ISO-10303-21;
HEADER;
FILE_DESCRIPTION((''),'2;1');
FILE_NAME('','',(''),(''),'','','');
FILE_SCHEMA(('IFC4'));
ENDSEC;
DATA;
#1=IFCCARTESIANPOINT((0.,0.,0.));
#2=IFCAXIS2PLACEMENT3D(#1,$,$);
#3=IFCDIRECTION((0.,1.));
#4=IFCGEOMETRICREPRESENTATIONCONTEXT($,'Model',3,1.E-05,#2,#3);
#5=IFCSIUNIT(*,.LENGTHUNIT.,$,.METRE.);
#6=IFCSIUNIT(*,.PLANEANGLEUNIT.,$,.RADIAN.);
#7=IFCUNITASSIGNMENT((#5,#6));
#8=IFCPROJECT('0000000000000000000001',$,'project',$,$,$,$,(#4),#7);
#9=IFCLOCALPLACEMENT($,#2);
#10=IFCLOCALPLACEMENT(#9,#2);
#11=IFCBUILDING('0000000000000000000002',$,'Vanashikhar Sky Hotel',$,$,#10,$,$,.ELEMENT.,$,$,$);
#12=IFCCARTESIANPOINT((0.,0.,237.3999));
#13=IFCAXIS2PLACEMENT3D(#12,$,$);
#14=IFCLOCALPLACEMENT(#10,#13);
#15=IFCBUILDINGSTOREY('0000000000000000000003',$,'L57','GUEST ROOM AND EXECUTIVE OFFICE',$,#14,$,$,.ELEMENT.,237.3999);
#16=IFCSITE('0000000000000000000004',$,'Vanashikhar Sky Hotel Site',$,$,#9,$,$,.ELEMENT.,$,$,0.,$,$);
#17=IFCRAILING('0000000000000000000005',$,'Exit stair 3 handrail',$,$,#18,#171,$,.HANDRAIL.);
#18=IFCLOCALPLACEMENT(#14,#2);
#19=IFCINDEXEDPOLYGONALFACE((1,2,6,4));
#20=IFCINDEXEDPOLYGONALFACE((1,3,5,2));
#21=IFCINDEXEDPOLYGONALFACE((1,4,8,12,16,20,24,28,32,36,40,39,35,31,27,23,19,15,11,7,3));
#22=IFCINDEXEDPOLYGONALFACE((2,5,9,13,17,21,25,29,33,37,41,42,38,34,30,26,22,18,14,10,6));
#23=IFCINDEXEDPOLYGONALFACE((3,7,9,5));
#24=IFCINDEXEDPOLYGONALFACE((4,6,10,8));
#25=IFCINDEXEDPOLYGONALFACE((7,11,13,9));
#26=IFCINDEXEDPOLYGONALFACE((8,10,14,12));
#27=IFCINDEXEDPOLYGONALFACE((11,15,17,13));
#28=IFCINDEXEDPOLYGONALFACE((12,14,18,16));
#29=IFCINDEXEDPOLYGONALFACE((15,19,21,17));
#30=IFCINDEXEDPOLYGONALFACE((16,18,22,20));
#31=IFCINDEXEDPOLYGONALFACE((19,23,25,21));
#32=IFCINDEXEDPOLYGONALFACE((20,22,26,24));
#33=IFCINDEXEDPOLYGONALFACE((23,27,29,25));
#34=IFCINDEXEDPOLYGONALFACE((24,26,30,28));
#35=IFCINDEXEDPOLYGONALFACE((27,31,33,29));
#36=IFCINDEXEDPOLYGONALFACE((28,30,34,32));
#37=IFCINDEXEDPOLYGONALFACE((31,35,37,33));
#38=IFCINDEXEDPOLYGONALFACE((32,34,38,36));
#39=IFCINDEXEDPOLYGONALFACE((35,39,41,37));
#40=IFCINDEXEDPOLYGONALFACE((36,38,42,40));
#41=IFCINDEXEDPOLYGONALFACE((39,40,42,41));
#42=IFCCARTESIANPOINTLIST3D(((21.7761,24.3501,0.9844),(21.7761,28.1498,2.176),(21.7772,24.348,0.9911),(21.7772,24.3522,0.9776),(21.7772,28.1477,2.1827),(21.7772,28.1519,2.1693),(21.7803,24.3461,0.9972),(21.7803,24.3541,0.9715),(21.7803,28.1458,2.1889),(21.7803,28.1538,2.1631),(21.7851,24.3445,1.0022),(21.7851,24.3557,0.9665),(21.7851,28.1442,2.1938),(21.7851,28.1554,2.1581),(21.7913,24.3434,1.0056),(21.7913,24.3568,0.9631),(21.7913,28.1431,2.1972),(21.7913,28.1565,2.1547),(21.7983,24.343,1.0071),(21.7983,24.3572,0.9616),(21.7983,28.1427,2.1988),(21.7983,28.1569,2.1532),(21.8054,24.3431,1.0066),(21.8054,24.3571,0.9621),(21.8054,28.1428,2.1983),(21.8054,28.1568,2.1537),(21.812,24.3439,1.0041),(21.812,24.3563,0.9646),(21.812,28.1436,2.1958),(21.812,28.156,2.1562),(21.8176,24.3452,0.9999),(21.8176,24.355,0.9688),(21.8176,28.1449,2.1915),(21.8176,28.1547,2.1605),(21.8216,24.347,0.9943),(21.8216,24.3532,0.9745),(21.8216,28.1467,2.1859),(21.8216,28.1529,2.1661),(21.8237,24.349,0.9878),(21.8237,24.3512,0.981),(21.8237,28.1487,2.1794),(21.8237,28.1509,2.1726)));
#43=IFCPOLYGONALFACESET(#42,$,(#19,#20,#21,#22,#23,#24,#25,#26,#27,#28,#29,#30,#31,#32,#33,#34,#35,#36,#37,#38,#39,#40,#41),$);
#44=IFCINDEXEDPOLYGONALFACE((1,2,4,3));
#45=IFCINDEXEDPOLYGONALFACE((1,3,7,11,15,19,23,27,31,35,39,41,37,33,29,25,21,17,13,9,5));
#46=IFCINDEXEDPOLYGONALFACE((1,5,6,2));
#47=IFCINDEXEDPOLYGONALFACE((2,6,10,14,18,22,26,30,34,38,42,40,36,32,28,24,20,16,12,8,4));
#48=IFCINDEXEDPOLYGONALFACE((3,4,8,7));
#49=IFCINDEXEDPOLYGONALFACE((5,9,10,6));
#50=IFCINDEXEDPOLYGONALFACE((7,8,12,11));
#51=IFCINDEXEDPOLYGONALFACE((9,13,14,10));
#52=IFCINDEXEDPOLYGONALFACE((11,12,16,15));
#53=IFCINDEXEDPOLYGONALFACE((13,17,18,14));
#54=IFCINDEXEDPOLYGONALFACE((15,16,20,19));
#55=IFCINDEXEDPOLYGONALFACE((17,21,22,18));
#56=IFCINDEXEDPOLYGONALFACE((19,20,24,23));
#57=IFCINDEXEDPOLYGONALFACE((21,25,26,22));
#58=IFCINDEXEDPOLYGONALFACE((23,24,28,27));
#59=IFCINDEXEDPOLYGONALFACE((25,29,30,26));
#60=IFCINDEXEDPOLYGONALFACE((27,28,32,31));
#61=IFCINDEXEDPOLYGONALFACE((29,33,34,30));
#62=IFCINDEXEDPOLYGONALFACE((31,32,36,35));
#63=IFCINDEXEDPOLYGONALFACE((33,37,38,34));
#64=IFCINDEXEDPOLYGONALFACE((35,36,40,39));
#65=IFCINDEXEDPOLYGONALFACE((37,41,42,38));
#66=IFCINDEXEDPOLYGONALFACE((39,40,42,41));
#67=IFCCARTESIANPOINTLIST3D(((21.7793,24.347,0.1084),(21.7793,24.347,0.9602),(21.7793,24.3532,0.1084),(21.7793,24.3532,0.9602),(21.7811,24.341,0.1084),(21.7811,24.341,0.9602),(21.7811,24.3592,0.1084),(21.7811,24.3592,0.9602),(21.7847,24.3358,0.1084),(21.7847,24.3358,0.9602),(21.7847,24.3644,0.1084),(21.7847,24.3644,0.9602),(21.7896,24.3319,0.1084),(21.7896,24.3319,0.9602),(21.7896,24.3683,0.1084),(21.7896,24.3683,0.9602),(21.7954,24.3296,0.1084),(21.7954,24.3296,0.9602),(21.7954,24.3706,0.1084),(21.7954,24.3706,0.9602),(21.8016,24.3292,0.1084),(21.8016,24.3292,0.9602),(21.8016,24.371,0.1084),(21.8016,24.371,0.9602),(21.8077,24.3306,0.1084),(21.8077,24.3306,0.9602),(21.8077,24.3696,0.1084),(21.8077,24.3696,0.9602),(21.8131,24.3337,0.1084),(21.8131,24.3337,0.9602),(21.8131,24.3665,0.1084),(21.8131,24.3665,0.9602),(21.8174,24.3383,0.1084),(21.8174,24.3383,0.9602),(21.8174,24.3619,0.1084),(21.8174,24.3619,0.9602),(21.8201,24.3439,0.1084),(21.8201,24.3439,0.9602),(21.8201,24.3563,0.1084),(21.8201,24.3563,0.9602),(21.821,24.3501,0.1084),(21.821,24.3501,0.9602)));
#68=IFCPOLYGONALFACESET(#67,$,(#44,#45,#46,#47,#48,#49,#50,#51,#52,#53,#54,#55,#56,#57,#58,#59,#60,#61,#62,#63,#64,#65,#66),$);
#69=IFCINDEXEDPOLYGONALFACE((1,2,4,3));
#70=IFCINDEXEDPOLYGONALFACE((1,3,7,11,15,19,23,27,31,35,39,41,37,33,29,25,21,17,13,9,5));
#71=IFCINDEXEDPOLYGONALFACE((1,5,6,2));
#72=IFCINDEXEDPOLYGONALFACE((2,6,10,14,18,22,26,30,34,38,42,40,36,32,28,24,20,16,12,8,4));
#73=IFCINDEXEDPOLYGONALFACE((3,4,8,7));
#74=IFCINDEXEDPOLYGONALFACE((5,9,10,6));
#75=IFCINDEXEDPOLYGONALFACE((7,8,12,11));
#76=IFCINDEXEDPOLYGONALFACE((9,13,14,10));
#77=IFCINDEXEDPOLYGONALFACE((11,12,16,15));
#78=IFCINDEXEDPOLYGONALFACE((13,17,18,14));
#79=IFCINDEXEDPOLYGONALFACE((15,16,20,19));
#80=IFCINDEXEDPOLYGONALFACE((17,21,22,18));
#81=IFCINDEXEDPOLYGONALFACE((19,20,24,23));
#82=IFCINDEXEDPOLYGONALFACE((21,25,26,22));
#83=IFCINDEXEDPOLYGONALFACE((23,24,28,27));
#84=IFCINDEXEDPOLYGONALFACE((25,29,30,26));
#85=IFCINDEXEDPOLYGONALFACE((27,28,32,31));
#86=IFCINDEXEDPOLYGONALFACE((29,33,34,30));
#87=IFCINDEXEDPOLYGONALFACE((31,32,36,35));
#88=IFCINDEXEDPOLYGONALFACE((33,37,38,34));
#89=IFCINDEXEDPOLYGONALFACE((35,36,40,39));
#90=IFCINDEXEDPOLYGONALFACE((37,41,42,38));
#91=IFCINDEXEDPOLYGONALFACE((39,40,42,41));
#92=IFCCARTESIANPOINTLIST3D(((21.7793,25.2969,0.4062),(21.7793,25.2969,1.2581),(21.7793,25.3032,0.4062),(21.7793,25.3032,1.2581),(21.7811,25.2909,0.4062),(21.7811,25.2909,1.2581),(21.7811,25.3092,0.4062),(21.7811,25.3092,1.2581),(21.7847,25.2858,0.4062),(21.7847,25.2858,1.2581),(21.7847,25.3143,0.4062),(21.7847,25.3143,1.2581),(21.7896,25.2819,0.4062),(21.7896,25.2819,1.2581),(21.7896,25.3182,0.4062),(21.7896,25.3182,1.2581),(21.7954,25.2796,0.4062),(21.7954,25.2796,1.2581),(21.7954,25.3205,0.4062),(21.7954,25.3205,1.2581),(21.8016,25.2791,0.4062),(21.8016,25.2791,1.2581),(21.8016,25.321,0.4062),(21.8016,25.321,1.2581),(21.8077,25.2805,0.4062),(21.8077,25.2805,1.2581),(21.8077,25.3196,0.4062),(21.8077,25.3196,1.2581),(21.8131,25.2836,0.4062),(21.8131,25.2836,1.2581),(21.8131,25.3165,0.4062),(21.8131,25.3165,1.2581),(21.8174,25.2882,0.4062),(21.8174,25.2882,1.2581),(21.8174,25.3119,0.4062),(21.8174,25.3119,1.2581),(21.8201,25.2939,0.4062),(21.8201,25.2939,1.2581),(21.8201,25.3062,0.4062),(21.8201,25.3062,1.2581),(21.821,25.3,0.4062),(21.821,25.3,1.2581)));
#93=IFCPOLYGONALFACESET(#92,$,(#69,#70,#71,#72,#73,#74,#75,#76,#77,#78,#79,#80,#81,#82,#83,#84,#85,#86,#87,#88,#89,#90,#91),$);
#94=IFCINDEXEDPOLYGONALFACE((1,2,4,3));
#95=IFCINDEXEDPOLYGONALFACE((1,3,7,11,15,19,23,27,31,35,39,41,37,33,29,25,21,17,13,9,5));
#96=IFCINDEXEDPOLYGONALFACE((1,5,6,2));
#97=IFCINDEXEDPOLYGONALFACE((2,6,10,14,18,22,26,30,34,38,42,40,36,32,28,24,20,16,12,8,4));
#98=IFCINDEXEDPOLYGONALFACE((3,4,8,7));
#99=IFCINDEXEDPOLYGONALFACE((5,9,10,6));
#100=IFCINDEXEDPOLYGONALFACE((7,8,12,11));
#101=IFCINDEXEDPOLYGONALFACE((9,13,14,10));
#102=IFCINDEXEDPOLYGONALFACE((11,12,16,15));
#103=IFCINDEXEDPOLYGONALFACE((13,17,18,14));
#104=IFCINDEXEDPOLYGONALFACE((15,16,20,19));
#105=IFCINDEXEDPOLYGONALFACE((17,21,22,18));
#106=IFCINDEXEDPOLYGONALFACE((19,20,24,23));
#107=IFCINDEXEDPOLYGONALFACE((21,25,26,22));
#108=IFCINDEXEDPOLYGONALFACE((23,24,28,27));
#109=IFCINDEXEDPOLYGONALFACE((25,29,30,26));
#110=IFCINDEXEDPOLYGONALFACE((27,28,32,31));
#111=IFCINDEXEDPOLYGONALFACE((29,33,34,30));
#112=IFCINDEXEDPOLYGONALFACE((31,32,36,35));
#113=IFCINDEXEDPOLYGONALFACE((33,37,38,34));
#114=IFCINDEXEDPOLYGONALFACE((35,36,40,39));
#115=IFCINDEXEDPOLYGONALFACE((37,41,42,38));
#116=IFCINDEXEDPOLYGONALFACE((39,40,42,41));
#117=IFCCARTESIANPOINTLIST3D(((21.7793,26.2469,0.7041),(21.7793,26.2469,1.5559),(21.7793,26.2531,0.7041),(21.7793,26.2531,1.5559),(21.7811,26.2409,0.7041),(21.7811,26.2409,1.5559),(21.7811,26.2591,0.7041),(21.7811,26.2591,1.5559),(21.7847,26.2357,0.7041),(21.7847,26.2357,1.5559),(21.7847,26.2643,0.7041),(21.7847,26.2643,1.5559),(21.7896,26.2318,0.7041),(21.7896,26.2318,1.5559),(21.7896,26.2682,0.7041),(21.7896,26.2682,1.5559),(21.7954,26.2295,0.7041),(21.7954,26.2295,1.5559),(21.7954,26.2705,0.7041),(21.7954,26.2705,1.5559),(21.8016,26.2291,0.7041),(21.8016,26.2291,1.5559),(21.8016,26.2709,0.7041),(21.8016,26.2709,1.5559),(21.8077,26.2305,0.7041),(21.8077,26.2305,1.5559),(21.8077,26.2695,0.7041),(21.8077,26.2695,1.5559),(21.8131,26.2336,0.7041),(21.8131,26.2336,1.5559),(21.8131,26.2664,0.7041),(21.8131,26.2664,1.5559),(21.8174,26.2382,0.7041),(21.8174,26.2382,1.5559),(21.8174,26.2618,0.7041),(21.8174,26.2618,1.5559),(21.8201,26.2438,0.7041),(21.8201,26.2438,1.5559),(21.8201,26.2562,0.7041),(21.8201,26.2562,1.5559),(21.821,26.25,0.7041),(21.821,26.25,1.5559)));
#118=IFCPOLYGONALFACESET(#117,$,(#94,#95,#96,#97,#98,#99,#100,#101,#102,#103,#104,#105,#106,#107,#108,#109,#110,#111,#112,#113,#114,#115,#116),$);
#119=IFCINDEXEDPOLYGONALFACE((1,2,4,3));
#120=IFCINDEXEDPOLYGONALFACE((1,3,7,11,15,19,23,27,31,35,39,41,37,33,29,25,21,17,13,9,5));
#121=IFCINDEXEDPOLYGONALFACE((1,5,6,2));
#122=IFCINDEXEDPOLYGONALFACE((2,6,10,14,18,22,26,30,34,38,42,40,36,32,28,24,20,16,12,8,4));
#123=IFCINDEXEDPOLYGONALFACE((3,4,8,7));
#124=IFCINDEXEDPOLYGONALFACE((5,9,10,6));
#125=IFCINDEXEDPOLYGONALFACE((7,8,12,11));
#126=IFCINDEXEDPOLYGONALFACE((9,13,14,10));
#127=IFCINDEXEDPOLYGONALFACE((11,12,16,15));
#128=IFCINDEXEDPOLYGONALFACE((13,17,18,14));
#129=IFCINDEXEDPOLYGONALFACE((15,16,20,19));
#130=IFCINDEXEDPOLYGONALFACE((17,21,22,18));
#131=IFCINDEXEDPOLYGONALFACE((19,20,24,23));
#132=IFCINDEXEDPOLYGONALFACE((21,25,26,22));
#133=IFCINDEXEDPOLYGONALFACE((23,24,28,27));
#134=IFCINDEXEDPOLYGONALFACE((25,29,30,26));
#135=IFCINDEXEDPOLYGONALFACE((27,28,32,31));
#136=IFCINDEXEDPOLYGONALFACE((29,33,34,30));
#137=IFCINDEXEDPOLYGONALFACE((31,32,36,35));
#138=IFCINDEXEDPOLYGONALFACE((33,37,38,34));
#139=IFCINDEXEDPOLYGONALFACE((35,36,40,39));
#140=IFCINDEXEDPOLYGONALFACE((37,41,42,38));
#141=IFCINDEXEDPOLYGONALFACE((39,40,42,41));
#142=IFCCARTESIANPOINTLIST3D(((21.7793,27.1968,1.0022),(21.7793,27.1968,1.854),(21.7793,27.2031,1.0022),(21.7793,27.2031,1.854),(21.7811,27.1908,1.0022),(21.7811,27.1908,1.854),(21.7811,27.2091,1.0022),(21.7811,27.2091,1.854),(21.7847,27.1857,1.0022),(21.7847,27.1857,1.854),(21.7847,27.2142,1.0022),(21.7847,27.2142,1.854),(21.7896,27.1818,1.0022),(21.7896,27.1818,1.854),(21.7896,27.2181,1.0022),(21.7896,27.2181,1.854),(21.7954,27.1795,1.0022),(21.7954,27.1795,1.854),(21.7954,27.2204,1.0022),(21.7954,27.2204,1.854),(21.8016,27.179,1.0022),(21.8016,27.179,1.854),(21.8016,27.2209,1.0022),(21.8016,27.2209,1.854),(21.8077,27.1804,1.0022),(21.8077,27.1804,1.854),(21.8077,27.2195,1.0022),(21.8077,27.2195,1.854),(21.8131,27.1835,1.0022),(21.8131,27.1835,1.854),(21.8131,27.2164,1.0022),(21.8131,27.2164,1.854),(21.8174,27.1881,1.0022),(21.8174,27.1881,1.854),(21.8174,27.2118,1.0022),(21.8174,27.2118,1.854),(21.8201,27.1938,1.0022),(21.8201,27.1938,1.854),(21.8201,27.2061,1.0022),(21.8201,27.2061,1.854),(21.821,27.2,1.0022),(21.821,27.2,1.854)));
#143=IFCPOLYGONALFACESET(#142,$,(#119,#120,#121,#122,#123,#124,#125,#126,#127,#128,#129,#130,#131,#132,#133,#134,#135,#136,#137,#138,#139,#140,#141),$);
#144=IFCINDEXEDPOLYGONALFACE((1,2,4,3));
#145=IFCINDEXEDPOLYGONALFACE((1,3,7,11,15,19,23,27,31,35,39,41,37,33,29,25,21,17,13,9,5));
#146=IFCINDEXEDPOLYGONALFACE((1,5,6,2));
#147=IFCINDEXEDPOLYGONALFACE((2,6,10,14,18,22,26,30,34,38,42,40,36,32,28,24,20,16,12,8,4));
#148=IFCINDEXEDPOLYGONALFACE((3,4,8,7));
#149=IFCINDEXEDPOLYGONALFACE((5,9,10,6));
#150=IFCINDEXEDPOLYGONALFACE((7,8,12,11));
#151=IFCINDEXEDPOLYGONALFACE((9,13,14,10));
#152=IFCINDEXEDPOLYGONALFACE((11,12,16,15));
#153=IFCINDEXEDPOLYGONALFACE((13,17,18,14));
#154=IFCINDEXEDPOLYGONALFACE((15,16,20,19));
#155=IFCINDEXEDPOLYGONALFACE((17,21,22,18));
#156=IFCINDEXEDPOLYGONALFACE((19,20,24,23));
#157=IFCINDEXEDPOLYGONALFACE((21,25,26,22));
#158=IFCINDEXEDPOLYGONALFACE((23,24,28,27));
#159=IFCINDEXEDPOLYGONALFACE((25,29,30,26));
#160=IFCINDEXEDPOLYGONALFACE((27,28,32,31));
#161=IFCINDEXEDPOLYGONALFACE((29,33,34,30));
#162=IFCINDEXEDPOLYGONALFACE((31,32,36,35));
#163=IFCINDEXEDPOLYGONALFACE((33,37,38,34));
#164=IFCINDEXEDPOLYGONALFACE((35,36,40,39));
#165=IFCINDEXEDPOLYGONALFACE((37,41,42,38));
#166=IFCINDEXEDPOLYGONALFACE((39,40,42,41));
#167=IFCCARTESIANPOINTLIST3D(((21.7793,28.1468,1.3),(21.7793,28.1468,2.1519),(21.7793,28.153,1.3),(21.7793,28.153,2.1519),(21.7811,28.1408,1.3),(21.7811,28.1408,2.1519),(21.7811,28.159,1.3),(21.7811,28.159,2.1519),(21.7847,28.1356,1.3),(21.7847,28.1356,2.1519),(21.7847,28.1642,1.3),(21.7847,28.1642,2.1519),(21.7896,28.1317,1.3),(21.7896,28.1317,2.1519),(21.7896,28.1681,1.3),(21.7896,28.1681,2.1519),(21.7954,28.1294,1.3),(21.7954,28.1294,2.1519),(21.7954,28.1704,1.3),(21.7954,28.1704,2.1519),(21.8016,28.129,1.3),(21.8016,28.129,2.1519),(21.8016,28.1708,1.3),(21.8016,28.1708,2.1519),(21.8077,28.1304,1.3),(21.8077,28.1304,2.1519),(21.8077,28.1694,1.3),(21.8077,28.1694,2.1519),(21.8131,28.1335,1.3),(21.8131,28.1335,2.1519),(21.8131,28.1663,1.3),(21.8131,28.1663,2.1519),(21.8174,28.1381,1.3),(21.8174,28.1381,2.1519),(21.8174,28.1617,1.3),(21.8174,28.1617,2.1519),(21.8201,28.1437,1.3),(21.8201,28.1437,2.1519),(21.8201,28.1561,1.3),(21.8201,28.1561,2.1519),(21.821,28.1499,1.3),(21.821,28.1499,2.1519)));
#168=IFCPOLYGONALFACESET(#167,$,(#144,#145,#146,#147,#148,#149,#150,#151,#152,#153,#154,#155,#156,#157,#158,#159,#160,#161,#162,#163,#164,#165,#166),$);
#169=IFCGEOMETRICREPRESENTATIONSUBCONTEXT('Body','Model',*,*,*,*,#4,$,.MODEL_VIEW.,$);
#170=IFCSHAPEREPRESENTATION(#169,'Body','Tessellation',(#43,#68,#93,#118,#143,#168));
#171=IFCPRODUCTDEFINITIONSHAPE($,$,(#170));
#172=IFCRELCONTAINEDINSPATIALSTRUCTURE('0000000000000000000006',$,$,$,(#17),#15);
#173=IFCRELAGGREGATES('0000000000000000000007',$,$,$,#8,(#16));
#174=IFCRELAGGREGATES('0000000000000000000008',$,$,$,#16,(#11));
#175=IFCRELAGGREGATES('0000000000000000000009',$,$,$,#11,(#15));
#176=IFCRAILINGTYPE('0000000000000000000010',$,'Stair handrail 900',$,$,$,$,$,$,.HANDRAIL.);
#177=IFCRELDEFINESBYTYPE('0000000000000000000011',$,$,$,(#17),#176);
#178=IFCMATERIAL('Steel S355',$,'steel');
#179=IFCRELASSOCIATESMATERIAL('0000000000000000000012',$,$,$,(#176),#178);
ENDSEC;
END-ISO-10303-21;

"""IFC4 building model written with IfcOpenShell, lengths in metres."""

from ifc_helpers import new_model, si_unit, direction, frame, origin, origin_2d, place, context, subcontext, project, spatial, circle, extrude, source, transform, mapped, material, type_object, element, save


model = new_model("IFC4")

# Units and contexts
model_context = context("Model", 3, precision=1e-05, world=origin(), true_north=direction((0.0, 1.0)))
body_context = subcontext(model_context, "Body", "Model", "MODEL_VIEW")
ifc_project = project(units=[si_unit("LENGTHUNIT", "METRE"), si_unit("PLANEANGLEUNIT", "RADIAN")], contexts=[model_context])

# Site, building, storey
site_placement = place(None, origin())
site = spatial("IfcSite", under=ifc_project, at=site_placement, Name="Vanashikhar Sky Hotel Site", CompositionType="ELEMENT", RefElevation=0.0)
building_placement = place(site_placement, origin())
building = spatial("IfcBuilding", under=site, at=building_placement, Name="Vanashikhar Sky Hotel", CompositionType="ELEMENT")
storey_placement = place(building_placement, frame((0.0, 0.0, 237.3999)))
storey = spatial("IfcBuildingStorey", under=building, at=storey_placement, Name="L57", Description="GUEST ROOM AND EXECUTIVE OFFICE", CompositionType="ELEMENT", Elevation=237.3999)

# Railing
ifc_material_1 = material(Name="Steel S355", Category="steel")
railing_type = type_object("IfcRailingType", Name="Stair handrail 900", PredefinedType="HANDRAIL", material=ifc_material_1)
shared_shape_1 = source(origin(), body_context, "Body", "SweptSolid", [
    extrude(circle(Radius=0.0239, at=origin_2d()), frame((0.0, 0.0, 0.876), z_axis=(0.0, 0.954178, 0.299238), x_axis=(-1.0, 0.0, 0.0)), (0.0, 0.0, 1.0), 3.9822),
    extrude(circle(Radius=0.021, at=origin_2d()), origin(), (0.0, 0.0, 1.0), 0.8518),
    extrude(circle(Radius=0.021, at=origin_2d()), frame((0.0, 0.95, 0.2979)), (0.0, 0.0, 1.0), 0.8518),
    extrude(circle(Radius=0.021, at=origin_2d()), frame((0.0, 1.8999, 0.5957)), (0.0, 0.0, 1.0), 0.8518),
    extrude(circle(Radius=0.021, at=origin_2d()), frame((0.0, 2.8499, 0.8938)), (0.0, 0.0, 1.0), 0.8518),
    extrude(circle(Radius=0.021, at=origin_2d()), frame((0.0, 3.7998, 1.1917)), (0.0, 0.0, 1.0), 0.8518),
])
for number, where, name in (
    (1, (21.8, 24.3501, 0.1084), "Exit stair 3 handrail"),
):
    element("IfcRailing", number, at=place(storey_placement, frame(where)), inside=storey, type_object=railing_type, Name=name, PredefinedType="HANDRAIL", context=body_context, shape_type="MappedRepresentation", body=[
        mapped(shared_shape_1, transform((0.0, 0.0, 0.0), scale=1.0)),
    ])

save(model, "model.ifc")
